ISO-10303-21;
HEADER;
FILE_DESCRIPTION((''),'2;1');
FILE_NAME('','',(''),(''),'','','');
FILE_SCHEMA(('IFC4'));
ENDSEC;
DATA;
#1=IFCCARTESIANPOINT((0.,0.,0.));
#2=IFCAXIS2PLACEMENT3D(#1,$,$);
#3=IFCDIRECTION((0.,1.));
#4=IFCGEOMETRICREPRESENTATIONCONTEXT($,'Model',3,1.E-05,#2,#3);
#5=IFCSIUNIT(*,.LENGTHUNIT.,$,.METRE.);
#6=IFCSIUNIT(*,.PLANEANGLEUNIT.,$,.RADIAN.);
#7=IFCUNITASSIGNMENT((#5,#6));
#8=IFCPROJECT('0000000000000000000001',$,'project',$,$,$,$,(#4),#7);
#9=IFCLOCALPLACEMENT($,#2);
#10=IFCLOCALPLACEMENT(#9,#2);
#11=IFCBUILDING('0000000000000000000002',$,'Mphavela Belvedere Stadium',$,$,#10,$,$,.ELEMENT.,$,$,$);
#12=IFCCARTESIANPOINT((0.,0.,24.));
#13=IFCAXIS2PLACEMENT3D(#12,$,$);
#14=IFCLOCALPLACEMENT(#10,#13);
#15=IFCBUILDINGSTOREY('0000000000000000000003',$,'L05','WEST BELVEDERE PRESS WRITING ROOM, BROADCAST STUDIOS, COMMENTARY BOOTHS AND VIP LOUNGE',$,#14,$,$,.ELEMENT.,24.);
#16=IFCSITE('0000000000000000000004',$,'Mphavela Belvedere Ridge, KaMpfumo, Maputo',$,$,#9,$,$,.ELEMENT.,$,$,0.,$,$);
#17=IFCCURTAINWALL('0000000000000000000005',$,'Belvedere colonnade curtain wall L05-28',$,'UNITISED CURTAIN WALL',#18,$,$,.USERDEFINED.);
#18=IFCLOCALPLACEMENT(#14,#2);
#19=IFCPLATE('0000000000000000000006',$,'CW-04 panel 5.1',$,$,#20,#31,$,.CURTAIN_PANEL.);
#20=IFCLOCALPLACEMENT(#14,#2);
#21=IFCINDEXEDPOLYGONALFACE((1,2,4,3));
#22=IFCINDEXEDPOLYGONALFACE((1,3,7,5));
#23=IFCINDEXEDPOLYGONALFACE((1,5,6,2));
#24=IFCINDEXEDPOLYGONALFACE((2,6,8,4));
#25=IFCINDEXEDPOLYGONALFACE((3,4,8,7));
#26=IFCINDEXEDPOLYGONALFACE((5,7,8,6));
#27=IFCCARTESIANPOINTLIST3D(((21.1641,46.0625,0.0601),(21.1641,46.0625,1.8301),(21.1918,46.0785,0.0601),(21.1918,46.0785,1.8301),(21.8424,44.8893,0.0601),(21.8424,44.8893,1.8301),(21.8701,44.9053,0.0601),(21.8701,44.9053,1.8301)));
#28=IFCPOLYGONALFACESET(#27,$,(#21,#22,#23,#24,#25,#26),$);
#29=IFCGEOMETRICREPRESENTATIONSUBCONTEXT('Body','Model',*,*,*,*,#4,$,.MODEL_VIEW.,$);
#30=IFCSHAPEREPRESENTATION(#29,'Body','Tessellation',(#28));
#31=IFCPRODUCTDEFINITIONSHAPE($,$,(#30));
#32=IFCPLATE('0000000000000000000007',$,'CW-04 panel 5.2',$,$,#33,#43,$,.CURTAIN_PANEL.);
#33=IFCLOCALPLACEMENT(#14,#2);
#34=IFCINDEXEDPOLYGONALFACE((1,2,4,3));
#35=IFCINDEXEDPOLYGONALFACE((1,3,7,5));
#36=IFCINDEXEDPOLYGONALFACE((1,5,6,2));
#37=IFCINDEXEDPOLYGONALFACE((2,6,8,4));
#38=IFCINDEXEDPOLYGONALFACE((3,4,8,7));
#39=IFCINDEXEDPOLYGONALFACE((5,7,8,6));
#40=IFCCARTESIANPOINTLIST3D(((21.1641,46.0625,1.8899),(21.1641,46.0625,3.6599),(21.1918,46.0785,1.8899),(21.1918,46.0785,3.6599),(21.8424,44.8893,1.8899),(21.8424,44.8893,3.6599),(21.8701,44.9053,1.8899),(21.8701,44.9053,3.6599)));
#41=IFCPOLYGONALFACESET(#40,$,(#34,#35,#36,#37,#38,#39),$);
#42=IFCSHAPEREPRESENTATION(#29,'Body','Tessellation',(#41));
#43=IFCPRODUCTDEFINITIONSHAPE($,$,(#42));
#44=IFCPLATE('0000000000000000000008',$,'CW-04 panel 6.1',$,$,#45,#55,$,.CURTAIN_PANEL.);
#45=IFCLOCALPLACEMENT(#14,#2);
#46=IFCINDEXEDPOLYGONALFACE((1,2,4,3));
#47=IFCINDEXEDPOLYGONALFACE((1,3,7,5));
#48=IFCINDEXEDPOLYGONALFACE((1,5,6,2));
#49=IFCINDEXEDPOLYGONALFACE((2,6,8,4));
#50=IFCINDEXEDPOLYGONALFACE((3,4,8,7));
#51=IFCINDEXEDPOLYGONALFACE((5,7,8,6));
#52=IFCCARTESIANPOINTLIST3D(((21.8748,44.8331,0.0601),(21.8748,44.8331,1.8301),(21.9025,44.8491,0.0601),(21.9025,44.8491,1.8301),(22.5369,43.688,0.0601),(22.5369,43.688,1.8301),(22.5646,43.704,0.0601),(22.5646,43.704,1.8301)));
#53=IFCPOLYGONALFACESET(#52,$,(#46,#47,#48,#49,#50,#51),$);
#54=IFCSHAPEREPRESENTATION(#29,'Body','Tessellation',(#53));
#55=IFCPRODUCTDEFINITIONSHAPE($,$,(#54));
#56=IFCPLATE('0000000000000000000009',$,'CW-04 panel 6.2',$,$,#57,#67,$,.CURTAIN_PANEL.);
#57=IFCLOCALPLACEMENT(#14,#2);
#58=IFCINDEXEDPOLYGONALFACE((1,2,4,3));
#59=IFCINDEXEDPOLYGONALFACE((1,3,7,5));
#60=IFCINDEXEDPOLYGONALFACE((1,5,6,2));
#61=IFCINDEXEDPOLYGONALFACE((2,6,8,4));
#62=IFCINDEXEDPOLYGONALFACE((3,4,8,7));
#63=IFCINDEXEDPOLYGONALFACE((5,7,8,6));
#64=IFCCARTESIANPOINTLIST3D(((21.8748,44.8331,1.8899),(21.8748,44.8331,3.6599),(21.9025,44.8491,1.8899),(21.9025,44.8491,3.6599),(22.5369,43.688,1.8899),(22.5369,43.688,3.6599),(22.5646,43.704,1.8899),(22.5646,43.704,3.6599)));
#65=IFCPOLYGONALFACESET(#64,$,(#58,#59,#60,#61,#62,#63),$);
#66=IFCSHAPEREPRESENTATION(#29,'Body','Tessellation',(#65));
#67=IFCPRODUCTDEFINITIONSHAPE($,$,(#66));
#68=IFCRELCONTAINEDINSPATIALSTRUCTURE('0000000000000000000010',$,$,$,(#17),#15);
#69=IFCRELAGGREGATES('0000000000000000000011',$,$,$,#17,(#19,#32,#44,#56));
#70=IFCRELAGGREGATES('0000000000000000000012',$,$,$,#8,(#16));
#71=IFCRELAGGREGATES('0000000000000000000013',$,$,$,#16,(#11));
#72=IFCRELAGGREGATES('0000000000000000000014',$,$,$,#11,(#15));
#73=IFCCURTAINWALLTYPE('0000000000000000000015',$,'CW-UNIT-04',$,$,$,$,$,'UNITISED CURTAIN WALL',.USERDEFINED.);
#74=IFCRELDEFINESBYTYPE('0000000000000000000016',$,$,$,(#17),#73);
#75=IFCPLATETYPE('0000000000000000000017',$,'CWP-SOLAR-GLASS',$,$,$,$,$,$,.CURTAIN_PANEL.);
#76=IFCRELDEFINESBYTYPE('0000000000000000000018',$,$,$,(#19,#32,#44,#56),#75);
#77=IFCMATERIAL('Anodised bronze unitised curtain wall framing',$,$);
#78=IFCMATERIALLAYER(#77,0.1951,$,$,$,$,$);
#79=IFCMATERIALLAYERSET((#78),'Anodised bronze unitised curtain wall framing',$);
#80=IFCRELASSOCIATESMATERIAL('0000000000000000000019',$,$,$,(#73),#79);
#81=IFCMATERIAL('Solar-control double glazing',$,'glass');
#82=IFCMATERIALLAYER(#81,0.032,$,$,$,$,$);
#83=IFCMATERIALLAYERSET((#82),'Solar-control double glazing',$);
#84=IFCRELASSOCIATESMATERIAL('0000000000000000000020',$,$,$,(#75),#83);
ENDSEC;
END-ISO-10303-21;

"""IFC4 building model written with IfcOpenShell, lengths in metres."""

from ifc_helpers import new_model, si_unit, direction, frame, origin, origin_2d, place, context, subcontext, project, spatial, rectangle, extrude, material, layer, layer_set, type_object, element, aggregate, save


model = new_model("IFC4")

# Units and contexts
model_context = context("Model", 3, precision=1e-05, world=origin(), true_north=direction((0.0, 1.0)))
body_context = subcontext(model_context, "Body", "Model", "MODEL_VIEW")
ifc_project = project(units=[si_unit("LENGTHUNIT", "METRE"), si_unit("PLANEANGLEUNIT", "RADIAN")], contexts=[model_context])

# Site, building, storey
site_placement = place(None, origin())
site = spatial("IfcSite", under=ifc_project, at=site_placement, Name="Mphavela Belvedere Ridge, KaMpfumo, Maputo", CompositionType="ELEMENT", RefElevation=0.0)
building_placement = place(site_placement, origin())
building = spatial("IfcBuilding", under=site, at=building_placement, Name="Mphavela Belvedere Stadium", CompositionType="ELEMENT")
storey_placement = place(building_placement, frame((0.0, 0.0, 24.0)))
storey = spatial("IfcBuildingStorey", under=building, at=storey_placement, Name="L05", Description="WEST BELVEDERE PRESS WRITING ROOM, BROADCAST STUDIOS, COMMENTARY BOOTHS AND VIP LOUNGE", CompositionType="ELEMENT", Elevation=24.0)

# Curtain wall
ifc_material_1 = material(Name="Anodised bronze unitised curtain wall framing")
ifc_layer_1 = layer(ifc_material_1, 0.1951)
ifc_layer_set_1 = layer_set([ifc_layer_1], Name="Anodised bronze unitised curtain wall framing")
curtain_wall_type_1 = type_object("IfcCurtainWallType", Name="CW-UNIT-04", ElementType="UNITISED CURTAIN WALL", PredefinedType="USERDEFINED", material=ifc_layer_set_1)
curtain_wall_1_placement = place(storey_placement, origin())
curtain_wall_1 = element("IfcCurtainWall", 1, at=curtain_wall_1_placement, inside=storey, type_object=curtain_wall_type_1, Name="Belvedere colonnade curtain wall L05-28", ObjectType="UNITISED CURTAIN WALL", PredefinedType="USERDEFINED")

# Plates
ifc_material_2 = material(Name="Solar-control double glazing", Category="glass")
ifc_layer_2 = layer(ifc_material_2, 0.032)
ifc_layer_set_2 = layer_set([ifc_layer_2], Name="Solar-control double glazing")
plate_type = type_object("IfcPlateType", Name="CWP-SOLAR-GLASS", PredefinedType="CURTAIN_PANEL", material=ifc_layer_set_2)
plate_1_placement = place(storey_placement, frame((21.5171, 45.4839, 0.0601), z_axis=(0.0, 0.0, 1.0), x_axis=(0.500556, -0.865704, 0.0)))
plate_1 = element("IfcPlate", 2, at=plate_1_placement, type_object=plate_type, Name="CW-04 panel 5.1", PredefinedType="CURTAIN_PANEL", context=body_context, shape_type="SweptSolid", body=[
    extrude(rectangle(XDim=1.3552, YDim=0.032, at=origin_2d()), origin(), (0.0, 0.0, 1.0), 1.77),
])
plate_2_placement = place(storey_placement, frame((21.5171, 45.4839, 1.8899), z_axis=(0.0, 0.0, 1.0), x_axis=(0.500556, -0.865704, 0.0)))
plate_2 = element("IfcPlate", 3, at=plate_2_placement, type_object=plate_type, Name="CW-04 panel 5.2", PredefinedType="CURTAIN_PANEL", context=body_context, shape_type="SweptSolid", body=[
    extrude(rectangle(XDim=1.3552, YDim=0.032, at=origin_2d()), origin(), (0.0, 0.0, 1.0), 1.77),
])
plate_3_placement = place(storey_placement, frame((22.2197, 44.2686, 0.0601), z_axis=(0.0, 0.0, 1.0), x_axis=(0.500556, -0.865704, 0.0)))
plate_3 = element("IfcPlate", 4, at=plate_3_placement, type_object=plate_type, Name="CW-04 panel 6.1", PredefinedType="CURTAIN_PANEL", context=body_context, shape_type="SweptSolid", body=[
    extrude(rectangle(XDim=1.3228, YDim=0.032, at=origin_2d()), origin(), (0.0, 0.0, 1.0), 1.77),
])
plate_4_placement = place(storey_placement, frame((22.2197, 44.2686, 1.8899), z_axis=(0.0, 0.0, 1.0), x_axis=(0.500556, -0.865704, 0.0)))
plate_4 = element("IfcPlate", 5, at=plate_4_placement, type_object=plate_type, Name="CW-04 panel 6.2", PredefinedType="CURTAIN_PANEL", context=body_context, shape_type="SweptSolid", body=[
    extrude(rectangle(XDim=1.3228, YDim=0.032, at=origin_2d()), origin(), (0.0, 0.0, 1.0), 1.77),
])
aggregate(curtain_wall_1, [plate_1, plate_2, plate_3, plate_4])

save(model, "model.ifc")
